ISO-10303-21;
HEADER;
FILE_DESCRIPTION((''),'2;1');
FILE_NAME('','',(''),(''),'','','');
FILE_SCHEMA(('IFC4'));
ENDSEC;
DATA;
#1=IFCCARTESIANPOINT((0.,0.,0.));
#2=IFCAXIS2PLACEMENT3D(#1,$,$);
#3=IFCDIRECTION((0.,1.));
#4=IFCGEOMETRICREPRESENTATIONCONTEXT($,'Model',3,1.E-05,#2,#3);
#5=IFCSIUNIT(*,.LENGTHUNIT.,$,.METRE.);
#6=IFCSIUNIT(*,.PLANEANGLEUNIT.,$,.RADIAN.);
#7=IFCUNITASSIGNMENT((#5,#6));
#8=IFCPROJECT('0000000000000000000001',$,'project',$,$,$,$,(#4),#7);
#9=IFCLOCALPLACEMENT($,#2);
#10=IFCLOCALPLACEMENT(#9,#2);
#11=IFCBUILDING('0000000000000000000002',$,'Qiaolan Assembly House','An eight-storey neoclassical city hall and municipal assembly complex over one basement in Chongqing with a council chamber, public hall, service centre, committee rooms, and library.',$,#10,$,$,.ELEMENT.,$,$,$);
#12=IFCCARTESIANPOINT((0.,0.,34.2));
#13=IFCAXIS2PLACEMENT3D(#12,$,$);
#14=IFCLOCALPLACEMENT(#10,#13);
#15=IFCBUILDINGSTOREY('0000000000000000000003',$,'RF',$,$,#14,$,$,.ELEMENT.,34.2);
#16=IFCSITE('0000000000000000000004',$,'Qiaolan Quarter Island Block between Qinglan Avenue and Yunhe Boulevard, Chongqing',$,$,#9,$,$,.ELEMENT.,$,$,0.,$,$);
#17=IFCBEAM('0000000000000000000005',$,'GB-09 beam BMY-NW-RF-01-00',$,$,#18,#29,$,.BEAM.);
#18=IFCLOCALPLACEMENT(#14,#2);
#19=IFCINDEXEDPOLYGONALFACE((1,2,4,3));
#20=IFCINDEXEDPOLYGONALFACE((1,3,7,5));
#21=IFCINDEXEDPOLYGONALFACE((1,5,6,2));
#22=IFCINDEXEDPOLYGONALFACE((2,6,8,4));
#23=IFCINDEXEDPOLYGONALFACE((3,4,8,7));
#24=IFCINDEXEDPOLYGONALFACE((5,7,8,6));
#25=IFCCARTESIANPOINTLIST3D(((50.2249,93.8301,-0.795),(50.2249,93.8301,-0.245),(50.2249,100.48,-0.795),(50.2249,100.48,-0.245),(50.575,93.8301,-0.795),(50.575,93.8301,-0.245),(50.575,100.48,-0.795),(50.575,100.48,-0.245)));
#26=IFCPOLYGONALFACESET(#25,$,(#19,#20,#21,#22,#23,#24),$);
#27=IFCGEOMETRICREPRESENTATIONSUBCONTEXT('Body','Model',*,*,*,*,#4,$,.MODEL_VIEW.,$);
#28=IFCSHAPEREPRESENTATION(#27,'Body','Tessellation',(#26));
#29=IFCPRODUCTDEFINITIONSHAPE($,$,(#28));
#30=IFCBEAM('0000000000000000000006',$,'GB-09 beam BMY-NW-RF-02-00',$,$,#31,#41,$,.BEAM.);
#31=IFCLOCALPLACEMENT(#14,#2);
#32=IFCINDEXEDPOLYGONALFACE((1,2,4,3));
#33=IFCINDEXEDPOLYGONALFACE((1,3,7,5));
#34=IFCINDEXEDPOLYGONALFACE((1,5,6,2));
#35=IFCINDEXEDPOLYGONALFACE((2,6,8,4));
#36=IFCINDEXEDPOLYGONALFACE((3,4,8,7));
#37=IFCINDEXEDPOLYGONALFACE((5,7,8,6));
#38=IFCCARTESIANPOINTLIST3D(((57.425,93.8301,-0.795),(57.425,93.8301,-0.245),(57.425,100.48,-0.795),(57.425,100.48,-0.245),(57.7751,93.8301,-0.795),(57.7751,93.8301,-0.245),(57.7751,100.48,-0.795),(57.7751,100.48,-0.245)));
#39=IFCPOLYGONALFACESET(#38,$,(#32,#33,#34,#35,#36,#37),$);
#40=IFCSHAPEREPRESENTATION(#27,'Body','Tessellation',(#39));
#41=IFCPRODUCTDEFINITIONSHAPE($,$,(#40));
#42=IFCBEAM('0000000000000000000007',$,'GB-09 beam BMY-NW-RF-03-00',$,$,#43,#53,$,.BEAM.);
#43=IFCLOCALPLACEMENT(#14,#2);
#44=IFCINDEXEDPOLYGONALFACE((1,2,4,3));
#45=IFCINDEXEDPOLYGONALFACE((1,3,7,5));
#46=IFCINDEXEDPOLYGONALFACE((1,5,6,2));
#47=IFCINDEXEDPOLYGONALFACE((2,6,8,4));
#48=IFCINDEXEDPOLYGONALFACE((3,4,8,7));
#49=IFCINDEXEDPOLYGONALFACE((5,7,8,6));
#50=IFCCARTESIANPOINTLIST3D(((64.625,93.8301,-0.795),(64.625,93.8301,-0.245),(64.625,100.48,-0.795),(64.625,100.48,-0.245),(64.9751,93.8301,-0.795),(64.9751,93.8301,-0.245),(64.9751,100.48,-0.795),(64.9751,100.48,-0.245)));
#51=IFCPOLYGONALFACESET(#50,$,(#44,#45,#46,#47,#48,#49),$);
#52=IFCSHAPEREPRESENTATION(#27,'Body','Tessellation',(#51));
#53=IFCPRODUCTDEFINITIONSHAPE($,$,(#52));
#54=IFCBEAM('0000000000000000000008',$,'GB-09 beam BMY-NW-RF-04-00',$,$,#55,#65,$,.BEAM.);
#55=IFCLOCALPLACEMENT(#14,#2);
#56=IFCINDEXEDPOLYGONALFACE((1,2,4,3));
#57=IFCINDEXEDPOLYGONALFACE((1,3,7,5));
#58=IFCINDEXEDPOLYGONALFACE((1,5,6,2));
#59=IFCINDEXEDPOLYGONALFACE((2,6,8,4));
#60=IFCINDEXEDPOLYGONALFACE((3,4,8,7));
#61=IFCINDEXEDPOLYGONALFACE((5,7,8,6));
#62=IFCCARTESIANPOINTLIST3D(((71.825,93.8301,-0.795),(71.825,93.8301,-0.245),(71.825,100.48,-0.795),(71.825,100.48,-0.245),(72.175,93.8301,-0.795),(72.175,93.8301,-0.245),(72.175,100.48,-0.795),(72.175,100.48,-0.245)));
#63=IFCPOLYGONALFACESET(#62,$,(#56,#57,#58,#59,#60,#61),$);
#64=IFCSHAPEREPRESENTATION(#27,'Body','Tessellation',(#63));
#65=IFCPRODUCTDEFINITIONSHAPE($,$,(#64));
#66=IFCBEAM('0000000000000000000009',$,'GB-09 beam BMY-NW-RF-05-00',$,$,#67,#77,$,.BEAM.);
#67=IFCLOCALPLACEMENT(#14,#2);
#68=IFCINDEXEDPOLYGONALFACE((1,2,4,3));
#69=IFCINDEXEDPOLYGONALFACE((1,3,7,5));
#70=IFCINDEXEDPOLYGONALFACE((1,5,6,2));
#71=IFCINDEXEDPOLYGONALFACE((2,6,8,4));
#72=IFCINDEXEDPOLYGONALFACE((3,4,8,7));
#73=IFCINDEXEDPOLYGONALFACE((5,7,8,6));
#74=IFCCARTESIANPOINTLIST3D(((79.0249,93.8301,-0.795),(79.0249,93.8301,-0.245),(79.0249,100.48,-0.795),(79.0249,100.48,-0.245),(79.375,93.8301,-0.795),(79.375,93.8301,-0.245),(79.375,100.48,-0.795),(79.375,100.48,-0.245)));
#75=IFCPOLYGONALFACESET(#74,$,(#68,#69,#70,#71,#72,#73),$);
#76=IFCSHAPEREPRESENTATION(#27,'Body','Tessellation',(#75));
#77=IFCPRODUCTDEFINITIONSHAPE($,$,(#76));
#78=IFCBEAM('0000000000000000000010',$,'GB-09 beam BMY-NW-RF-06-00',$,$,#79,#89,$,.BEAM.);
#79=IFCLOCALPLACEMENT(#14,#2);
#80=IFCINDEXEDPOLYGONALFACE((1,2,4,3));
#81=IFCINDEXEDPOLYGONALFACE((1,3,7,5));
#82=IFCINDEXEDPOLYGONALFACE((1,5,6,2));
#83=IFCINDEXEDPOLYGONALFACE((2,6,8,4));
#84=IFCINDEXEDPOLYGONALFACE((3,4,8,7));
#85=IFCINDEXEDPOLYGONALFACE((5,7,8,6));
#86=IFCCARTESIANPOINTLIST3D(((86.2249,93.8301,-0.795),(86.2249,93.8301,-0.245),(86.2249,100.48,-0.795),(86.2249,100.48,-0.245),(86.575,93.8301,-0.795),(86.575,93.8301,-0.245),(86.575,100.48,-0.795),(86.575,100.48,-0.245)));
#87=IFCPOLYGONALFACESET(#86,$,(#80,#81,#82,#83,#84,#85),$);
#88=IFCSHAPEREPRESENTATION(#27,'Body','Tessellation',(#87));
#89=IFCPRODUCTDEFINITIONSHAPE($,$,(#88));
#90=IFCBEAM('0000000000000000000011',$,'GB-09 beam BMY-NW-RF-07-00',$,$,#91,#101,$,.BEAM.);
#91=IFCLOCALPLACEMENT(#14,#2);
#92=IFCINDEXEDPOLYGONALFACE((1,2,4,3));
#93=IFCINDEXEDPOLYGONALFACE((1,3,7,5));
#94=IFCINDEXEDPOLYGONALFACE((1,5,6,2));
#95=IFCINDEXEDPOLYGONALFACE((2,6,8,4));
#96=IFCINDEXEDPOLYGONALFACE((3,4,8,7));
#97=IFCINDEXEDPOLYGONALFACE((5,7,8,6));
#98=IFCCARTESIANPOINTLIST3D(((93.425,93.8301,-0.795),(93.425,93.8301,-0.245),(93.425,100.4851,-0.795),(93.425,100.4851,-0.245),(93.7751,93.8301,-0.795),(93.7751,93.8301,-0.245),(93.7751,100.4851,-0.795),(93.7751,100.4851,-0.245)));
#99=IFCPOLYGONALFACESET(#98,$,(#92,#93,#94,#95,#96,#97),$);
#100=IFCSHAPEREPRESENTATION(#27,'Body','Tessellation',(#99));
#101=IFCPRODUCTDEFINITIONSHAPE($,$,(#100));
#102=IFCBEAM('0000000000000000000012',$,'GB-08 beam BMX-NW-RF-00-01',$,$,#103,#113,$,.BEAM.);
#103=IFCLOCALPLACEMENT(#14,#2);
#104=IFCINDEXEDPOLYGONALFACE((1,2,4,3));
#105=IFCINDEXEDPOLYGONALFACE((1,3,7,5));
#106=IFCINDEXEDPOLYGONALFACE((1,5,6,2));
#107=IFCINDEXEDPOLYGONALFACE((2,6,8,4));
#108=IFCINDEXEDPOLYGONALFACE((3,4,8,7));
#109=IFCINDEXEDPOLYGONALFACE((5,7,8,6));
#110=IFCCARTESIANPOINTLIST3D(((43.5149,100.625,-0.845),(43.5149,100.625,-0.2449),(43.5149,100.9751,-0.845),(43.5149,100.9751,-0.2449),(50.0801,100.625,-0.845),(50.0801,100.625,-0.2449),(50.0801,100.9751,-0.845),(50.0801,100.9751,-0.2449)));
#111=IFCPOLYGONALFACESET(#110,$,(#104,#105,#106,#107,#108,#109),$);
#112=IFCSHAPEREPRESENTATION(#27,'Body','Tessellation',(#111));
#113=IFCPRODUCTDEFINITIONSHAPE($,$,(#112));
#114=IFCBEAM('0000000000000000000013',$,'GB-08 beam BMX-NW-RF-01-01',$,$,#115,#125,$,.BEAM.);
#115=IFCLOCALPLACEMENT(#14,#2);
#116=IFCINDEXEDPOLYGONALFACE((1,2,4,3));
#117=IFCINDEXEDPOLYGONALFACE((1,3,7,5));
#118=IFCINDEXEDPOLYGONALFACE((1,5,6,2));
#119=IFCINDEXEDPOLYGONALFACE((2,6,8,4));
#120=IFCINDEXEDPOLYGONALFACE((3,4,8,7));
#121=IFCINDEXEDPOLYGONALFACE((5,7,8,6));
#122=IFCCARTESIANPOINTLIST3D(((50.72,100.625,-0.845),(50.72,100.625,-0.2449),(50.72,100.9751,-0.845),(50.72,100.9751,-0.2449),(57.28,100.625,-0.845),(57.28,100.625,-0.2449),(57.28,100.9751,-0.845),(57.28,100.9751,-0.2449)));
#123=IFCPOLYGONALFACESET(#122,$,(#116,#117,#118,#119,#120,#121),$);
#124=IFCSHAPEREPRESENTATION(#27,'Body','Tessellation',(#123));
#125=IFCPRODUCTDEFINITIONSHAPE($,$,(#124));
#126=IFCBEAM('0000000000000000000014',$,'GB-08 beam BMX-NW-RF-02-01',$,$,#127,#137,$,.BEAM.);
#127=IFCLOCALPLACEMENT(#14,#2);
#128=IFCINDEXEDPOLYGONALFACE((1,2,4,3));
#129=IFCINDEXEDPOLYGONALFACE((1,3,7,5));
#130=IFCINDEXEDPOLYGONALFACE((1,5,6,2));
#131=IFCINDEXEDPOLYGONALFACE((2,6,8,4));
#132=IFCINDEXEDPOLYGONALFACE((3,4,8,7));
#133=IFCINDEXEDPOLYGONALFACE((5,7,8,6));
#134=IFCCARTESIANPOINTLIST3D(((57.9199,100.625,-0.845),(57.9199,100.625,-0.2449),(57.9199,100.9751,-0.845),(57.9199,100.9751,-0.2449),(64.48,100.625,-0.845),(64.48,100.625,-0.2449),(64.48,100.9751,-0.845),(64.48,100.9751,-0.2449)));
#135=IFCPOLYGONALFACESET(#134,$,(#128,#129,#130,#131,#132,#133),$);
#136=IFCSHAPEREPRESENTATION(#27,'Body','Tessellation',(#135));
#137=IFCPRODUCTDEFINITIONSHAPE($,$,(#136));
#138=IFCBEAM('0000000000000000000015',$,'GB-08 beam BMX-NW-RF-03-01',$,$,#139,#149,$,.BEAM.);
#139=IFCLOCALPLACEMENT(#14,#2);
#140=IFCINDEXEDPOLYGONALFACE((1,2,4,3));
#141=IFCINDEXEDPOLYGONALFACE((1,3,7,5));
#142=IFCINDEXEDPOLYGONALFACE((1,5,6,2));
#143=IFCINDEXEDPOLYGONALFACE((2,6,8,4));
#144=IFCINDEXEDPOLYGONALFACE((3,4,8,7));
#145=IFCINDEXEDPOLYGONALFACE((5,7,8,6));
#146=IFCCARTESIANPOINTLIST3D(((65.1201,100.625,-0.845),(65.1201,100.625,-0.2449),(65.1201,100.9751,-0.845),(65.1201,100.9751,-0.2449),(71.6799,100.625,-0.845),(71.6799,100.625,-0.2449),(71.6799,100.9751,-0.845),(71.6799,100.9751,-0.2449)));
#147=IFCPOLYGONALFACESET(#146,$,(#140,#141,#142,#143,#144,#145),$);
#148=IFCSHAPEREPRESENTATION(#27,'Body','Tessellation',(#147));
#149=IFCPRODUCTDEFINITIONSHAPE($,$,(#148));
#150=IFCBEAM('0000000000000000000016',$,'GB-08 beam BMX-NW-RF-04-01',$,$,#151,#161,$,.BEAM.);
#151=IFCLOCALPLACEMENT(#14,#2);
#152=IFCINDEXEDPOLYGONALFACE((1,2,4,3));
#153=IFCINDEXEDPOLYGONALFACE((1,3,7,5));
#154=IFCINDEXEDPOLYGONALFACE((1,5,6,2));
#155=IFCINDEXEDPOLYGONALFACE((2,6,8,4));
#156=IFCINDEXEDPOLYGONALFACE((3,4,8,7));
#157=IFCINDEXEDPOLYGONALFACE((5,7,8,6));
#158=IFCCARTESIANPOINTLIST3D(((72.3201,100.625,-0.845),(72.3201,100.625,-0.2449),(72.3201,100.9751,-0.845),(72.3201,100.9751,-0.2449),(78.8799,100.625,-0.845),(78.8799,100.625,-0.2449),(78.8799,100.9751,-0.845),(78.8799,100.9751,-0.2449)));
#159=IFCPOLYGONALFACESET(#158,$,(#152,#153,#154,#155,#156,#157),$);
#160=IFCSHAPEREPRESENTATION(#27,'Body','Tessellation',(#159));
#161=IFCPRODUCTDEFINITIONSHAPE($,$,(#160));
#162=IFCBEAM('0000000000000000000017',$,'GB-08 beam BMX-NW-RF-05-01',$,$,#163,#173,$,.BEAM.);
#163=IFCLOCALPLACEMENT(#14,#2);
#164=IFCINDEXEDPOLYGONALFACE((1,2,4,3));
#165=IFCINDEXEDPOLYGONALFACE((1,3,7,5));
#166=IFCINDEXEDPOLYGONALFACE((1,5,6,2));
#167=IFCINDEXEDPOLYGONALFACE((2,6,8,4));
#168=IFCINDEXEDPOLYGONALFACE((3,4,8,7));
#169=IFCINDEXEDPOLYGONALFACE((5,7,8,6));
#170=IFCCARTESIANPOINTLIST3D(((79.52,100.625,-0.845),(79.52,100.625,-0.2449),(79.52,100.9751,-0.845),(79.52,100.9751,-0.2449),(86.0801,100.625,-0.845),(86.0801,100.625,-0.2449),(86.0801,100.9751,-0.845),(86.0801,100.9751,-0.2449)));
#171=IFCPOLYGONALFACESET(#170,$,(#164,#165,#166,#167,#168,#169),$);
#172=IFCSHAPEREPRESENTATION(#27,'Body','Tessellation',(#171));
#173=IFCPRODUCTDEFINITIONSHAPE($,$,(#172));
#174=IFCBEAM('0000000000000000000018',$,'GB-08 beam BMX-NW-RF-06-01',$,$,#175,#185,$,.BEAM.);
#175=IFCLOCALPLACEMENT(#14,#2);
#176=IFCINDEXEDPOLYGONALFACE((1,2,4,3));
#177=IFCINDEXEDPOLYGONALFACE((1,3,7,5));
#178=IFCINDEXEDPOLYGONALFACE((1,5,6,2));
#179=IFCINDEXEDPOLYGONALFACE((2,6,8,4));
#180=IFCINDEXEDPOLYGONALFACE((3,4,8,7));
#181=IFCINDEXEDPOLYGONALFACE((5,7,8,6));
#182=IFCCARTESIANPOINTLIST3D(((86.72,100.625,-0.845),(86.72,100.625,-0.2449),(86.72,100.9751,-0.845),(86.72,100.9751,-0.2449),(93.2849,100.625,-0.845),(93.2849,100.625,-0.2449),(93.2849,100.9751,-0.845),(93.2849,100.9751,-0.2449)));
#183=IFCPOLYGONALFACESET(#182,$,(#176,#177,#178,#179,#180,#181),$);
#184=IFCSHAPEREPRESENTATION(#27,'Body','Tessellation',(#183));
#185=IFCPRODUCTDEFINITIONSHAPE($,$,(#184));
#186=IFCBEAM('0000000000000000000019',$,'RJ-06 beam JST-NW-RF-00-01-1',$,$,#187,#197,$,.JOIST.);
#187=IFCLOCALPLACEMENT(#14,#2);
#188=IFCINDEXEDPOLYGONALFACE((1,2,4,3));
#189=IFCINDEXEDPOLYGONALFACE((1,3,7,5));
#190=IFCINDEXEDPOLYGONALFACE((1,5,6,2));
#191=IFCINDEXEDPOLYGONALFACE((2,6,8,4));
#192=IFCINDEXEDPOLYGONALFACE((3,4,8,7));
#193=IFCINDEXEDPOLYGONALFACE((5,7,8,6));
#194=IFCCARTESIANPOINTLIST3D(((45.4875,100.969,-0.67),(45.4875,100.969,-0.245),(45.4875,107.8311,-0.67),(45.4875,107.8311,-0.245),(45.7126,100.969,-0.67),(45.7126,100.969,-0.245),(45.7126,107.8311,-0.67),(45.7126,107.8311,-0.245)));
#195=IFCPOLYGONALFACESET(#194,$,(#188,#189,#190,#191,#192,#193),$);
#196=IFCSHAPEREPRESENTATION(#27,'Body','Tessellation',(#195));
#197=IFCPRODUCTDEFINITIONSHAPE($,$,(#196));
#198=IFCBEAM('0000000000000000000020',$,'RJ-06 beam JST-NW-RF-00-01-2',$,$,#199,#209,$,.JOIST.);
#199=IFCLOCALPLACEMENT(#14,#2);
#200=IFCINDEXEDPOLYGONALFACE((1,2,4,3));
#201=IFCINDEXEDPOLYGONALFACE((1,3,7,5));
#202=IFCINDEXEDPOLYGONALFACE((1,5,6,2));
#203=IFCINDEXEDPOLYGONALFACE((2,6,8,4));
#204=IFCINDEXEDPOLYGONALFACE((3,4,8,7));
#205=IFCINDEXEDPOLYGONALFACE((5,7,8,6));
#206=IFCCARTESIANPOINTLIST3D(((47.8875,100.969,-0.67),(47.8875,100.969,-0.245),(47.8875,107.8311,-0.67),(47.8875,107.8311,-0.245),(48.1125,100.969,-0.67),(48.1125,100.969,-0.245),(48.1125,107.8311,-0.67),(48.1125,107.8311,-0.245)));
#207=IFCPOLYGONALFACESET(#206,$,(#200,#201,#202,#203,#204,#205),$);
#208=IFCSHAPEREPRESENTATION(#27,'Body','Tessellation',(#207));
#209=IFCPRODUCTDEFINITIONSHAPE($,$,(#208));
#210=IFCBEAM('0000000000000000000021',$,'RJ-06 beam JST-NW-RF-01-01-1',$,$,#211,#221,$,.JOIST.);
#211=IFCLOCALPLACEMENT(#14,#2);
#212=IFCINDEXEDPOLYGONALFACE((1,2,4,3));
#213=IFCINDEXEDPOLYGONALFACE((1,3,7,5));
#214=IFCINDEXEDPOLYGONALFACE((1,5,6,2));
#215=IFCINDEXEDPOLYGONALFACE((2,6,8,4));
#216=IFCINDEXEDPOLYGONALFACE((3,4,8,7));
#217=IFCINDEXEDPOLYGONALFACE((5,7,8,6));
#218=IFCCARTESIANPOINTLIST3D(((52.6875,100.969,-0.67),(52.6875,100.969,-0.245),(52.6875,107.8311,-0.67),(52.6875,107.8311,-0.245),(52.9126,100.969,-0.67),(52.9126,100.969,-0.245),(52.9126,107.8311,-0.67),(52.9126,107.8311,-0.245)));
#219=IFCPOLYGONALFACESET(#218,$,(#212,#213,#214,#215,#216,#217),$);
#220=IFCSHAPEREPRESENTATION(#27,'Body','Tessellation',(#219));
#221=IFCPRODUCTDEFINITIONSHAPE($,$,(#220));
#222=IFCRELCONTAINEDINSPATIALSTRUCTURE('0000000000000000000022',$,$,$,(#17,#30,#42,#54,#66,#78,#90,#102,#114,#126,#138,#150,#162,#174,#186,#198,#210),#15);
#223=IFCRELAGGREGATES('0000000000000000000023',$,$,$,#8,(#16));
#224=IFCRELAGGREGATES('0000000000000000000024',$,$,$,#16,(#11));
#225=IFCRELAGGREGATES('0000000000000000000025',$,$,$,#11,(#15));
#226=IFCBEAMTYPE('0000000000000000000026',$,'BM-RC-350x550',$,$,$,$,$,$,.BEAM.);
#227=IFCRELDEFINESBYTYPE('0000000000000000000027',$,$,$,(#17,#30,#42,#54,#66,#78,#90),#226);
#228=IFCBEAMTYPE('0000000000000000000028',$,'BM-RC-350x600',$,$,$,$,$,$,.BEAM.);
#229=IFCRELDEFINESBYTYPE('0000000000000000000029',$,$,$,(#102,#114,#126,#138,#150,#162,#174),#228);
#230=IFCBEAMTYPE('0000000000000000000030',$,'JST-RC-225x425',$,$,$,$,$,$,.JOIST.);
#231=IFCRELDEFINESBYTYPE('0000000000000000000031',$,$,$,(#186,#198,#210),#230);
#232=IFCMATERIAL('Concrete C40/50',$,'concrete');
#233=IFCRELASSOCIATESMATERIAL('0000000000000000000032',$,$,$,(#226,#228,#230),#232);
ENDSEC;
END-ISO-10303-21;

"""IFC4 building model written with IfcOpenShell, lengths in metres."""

from ifc_helpers import new_model, si_unit, direction, frame, origin, origin_2d, place, context, subcontext, project, spatial, rectangle, extrude, material, material_profile, profile_set, type_object, element, save


model = new_model("IFC4")

# Units and contexts
model_context = context("Model", 3, precision=1e-05, world=origin(), true_north=direction((0.0, 1.0)))
body_context = subcontext(model_context, "Body", "Model", "MODEL_VIEW")
ifc_project = project(units=[si_unit("LENGTHUNIT", "METRE"), si_unit("PLANEANGLEUNIT", "RADIAN")], contexts=[model_context])

# Site, building, storey
site_placement = place(None, origin())
site = spatial("IfcSite", under=ifc_project, at=site_placement, Name="Qiaolan Quarter Island Block between Qinglan Avenue and Yunhe Boulevard, Chongqing", CompositionType="ELEMENT", RefElevation=0.0)
building_placement = place(site_placement, origin())
building = spatial("IfcBuilding", under=site, at=building_placement, Name="Qiaolan Assembly House", Description="An eight-storey neoclassical city hall and municipal assembly complex over one basement in Chongqing with a council chamber, public hall, service centre, committee rooms, and library.", CompositionType="ELEMENT")
storey_placement = place(building_placement, frame((0.0, 0.0, 34.2)))
storey = spatial("IfcBuildingStorey", under=building, at=storey_placement, Name="RF", CompositionType="ELEMENT", Elevation=34.2)

# Beams
ifc_material = material(Name="Concrete C40/50", Category="concrete")
ifc_material_profile_1 = material_profile(ifc_material, rectangle(XDim=0.3501, YDim=0.55, at=origin_2d()), Name="RCB 350x550")
ifc_profile_set_1 = profile_set([ifc_material_profile_1], Name="Concrete C40/50")
beam_type_1 = type_object("IfcBeamType", Name="BM-RC-350x550", PredefinedType="BEAM", material=ifc_profile_set_1)
for number, where, z_axis, x_axis, name in (
    (1, (50.3999, 93.8301, -0.52), (0.0, 1.0, 0.0), (-1.0, 0.0, 0.0), "GB-09 beam BMY-NW-RF-01-00"),
    (2, (57.6001, 93.8301, -0.52), (0.0, 1.0, 0.0), (-1.0, 0.0, 0.0), "GB-09 beam BMY-NW-RF-02-00"),
    (3, (64.8, 93.8301, -0.52), (0.0, 1.0, 0.0), (-1.0, 0.0, 0.0), "GB-09 beam BMY-NW-RF-03-00"),
    (4, (72.0, 93.8301, -0.52), (0.0, 1.0, 0.0), (-1.0, 0.0, 0.0), "GB-09 beam BMY-NW-RF-04-00"),
    (5, (79.2, 93.8301, -0.52), (0.0, 1.0, 0.0), (-1.0, 0.0, 0.0), "GB-09 beam BMY-NW-RF-05-00"),
    (6, (86.3999, 93.8301, -0.52), (0.0, 1.0, 0.0), (-1.0, 0.0, 0.0), "GB-09 beam BMY-NW-RF-06-00"),
):
    element("IfcBeam", number, at=place(storey_placement, frame(where, z_axis=z_axis, x_axis=x_axis)), inside=storey, type_object=beam_type_1, Name=name, PredefinedType="BEAM", context=body_context, shape_type="SweptSolid", body=[
        extrude(rectangle(XDim=0.3501, YDim=0.55, at=origin_2d()), origin(), (0.0, 0.0, 1.0), 6.6499),
    ])
beam_1_placement = place(storey_placement, frame((93.6001, 93.8301, -0.52), z_axis=(0.0, 1.0, 0.0), x_axis=(-1.0, 0.0, 0.0)))
element("IfcBeam", 7, at=beam_1_placement, inside=storey, type_object=beam_type_1, Name="GB-09 beam BMY-NW-RF-07-00", PredefinedType="BEAM", context=body_context, shape_type="SweptSolid", body=[
    extrude(rectangle(XDim=0.3501, YDim=0.55, at=origin_2d()), origin(), (0.0, 0.0, 1.0), 6.655),
])
ifc_material_profile_2 = material_profile(ifc_material, rectangle(XDim=0.3501, YDim=0.6001, at=origin_2d()), Name="RCB 350x600")
ifc_profile_set_2 = profile_set([ifc_material_profile_2], Name="Concrete C40/50")
beam_type_2 = type_object("IfcBeamType", Name="BM-RC-350x600", PredefinedType="BEAM", material=ifc_profile_set_2)
beam_2_placement = place(storey_placement, frame((43.5149, 100.8, -0.5449), z_axis=(1.0, 0.0, 0.0), x_axis=(0.0, 1.0, 0.0)))
element("IfcBeam", 8, at=beam_2_placement, inside=storey, type_object=beam_type_2, Name="GB-08 beam BMX-NW-RF-00-01", PredefinedType="BEAM", context=body_context, shape_type="SweptSolid", body=[
    extrude(rectangle(XDim=0.3501, YDim=0.6001, at=origin_2d()), origin(), (0.0, 0.0, 1.0), 6.5652),
])
for number, where, z_axis, x_axis, name in (
    (9, (50.72, 100.8, -0.5449), (1.0, 0.0, 0.0), (0.0, 1.0, 0.0), "GB-08 beam BMX-NW-RF-01-01"),
    (10, (57.9199, 100.8, -0.5449), (1.0, 0.0, 0.0), (0.0, 1.0, 0.0), "GB-08 beam BMX-NW-RF-02-01"),
):
    element("IfcBeam", number, at=place(storey_placement, frame(where, z_axis=z_axis, x_axis=x_axis)), inside=storey, type_object=beam_type_2, Name=name, PredefinedType="BEAM", context=body_context, shape_type="SweptSolid", body=[
        extrude(rectangle(XDim=0.3501, YDim=0.6001, at=origin_2d()), origin(), (0.0, 0.0, 1.0), 6.5601),
    ])
for number, where, z_axis, x_axis, name in (
    (11, (65.1201, 100.8, -0.5449), (1.0, 0.0, 0.0), (0.0, 1.0, 0.0), "GB-08 beam BMX-NW-RF-03-01"),
    (12, (72.3201, 100.8, -0.5449), (1.0, 0.0, 0.0), (0.0, 1.0, 0.0), "GB-08 beam BMX-NW-RF-04-01"),
):
    element("IfcBeam", number, at=place(storey_placement, frame(where, z_axis=z_axis, x_axis=x_axis)), inside=storey, type_object=beam_type_2, Name=name, PredefinedType="BEAM", context=body_context, shape_type="SweptSolid", body=[
        extrude(rectangle(XDim=0.3501, YDim=0.6001, at=origin_2d()), origin(), (0.0, 0.0, 1.0), 6.5598),
    ])
beam_3_placement = place(storey_placement, frame((79.52, 100.8, -0.5449), z_axis=(1.0, 0.0, 0.0), x_axis=(0.0, 1.0, 0.0)))
element("IfcBeam", 13, at=beam_3_placement, inside=storey, type_object=beam_type_2, Name="GB-08 beam BMX-NW-RF-05-01", PredefinedType="BEAM", context=body_context, shape_type="SweptSolid", body=[
    extrude(rectangle(XDim=0.3501, YDim=0.6001, at=origin_2d()), origin(), (0.0, 0.0, 1.0), 6.5601),
])
beam_4_placement = place(storey_placement, frame((86.72, 100.8, -0.5449), z_axis=(1.0, 0.0, 0.0), x_axis=(0.0, 1.0, 0.0)))
element("IfcBeam", 14, at=beam_4_placement, inside=storey, type_object=beam_type_2, Name="GB-08 beam BMX-NW-RF-06-01", PredefinedType="BEAM", context=body_context, shape_type="SweptSolid", body=[
    extrude(rectangle(XDim=0.3501, YDim=0.6001, at=origin_2d()), origin(), (0.0, 0.0, 1.0), 6.5649),
])
ifc_material_profile_3 = material_profile(ifc_material, rectangle(XDim=0.2251, YDim=0.425, at=origin_2d()), Name="RCB 225x425")
ifc_profile_set_3 = profile_set([ifc_material_profile_3], Name="Concrete C40/50")
beam_type_3 = type_object("IfcBeamType", Name="JST-RC-225x425", PredefinedType="JOIST", material=ifc_profile_set_3)
for number, where, z_axis, x_axis, name in (
    (15, (45.6001, 100.969, -0.4575), (0.0, 1.0, 0.0), (-1.0, 0.0, 0.0), "RJ-06 beam JST-NW-RF-00-01-1"),
    (16, (48.0, 100.969, -0.4575), (0.0, 1.0, 0.0), (-1.0, 0.0, 0.0), "RJ-06 beam JST-NW-RF-00-01-2"),
    (17, (52.8, 100.969, -0.4575), (0.0, 1.0, 0.0), (-1.0, 0.0, 0.0), "RJ-06 beam JST-NW-RF-01-01-1"),
):
    element("IfcBeam", number, at=place(storey_placement, frame(where, z_axis=z_axis, x_axis=x_axis)), inside=storey, type_object=beam_type_3, Name=name, PredefinedType="JOIST", context=body_context, shape_type="SweptSolid", body=[
        extrude(rectangle(XDim=0.2251, YDim=0.425, at=origin_2d()), origin(), (0.0, 0.0, 1.0), 6.8621),
    ])

save(model, "model.ifc")
